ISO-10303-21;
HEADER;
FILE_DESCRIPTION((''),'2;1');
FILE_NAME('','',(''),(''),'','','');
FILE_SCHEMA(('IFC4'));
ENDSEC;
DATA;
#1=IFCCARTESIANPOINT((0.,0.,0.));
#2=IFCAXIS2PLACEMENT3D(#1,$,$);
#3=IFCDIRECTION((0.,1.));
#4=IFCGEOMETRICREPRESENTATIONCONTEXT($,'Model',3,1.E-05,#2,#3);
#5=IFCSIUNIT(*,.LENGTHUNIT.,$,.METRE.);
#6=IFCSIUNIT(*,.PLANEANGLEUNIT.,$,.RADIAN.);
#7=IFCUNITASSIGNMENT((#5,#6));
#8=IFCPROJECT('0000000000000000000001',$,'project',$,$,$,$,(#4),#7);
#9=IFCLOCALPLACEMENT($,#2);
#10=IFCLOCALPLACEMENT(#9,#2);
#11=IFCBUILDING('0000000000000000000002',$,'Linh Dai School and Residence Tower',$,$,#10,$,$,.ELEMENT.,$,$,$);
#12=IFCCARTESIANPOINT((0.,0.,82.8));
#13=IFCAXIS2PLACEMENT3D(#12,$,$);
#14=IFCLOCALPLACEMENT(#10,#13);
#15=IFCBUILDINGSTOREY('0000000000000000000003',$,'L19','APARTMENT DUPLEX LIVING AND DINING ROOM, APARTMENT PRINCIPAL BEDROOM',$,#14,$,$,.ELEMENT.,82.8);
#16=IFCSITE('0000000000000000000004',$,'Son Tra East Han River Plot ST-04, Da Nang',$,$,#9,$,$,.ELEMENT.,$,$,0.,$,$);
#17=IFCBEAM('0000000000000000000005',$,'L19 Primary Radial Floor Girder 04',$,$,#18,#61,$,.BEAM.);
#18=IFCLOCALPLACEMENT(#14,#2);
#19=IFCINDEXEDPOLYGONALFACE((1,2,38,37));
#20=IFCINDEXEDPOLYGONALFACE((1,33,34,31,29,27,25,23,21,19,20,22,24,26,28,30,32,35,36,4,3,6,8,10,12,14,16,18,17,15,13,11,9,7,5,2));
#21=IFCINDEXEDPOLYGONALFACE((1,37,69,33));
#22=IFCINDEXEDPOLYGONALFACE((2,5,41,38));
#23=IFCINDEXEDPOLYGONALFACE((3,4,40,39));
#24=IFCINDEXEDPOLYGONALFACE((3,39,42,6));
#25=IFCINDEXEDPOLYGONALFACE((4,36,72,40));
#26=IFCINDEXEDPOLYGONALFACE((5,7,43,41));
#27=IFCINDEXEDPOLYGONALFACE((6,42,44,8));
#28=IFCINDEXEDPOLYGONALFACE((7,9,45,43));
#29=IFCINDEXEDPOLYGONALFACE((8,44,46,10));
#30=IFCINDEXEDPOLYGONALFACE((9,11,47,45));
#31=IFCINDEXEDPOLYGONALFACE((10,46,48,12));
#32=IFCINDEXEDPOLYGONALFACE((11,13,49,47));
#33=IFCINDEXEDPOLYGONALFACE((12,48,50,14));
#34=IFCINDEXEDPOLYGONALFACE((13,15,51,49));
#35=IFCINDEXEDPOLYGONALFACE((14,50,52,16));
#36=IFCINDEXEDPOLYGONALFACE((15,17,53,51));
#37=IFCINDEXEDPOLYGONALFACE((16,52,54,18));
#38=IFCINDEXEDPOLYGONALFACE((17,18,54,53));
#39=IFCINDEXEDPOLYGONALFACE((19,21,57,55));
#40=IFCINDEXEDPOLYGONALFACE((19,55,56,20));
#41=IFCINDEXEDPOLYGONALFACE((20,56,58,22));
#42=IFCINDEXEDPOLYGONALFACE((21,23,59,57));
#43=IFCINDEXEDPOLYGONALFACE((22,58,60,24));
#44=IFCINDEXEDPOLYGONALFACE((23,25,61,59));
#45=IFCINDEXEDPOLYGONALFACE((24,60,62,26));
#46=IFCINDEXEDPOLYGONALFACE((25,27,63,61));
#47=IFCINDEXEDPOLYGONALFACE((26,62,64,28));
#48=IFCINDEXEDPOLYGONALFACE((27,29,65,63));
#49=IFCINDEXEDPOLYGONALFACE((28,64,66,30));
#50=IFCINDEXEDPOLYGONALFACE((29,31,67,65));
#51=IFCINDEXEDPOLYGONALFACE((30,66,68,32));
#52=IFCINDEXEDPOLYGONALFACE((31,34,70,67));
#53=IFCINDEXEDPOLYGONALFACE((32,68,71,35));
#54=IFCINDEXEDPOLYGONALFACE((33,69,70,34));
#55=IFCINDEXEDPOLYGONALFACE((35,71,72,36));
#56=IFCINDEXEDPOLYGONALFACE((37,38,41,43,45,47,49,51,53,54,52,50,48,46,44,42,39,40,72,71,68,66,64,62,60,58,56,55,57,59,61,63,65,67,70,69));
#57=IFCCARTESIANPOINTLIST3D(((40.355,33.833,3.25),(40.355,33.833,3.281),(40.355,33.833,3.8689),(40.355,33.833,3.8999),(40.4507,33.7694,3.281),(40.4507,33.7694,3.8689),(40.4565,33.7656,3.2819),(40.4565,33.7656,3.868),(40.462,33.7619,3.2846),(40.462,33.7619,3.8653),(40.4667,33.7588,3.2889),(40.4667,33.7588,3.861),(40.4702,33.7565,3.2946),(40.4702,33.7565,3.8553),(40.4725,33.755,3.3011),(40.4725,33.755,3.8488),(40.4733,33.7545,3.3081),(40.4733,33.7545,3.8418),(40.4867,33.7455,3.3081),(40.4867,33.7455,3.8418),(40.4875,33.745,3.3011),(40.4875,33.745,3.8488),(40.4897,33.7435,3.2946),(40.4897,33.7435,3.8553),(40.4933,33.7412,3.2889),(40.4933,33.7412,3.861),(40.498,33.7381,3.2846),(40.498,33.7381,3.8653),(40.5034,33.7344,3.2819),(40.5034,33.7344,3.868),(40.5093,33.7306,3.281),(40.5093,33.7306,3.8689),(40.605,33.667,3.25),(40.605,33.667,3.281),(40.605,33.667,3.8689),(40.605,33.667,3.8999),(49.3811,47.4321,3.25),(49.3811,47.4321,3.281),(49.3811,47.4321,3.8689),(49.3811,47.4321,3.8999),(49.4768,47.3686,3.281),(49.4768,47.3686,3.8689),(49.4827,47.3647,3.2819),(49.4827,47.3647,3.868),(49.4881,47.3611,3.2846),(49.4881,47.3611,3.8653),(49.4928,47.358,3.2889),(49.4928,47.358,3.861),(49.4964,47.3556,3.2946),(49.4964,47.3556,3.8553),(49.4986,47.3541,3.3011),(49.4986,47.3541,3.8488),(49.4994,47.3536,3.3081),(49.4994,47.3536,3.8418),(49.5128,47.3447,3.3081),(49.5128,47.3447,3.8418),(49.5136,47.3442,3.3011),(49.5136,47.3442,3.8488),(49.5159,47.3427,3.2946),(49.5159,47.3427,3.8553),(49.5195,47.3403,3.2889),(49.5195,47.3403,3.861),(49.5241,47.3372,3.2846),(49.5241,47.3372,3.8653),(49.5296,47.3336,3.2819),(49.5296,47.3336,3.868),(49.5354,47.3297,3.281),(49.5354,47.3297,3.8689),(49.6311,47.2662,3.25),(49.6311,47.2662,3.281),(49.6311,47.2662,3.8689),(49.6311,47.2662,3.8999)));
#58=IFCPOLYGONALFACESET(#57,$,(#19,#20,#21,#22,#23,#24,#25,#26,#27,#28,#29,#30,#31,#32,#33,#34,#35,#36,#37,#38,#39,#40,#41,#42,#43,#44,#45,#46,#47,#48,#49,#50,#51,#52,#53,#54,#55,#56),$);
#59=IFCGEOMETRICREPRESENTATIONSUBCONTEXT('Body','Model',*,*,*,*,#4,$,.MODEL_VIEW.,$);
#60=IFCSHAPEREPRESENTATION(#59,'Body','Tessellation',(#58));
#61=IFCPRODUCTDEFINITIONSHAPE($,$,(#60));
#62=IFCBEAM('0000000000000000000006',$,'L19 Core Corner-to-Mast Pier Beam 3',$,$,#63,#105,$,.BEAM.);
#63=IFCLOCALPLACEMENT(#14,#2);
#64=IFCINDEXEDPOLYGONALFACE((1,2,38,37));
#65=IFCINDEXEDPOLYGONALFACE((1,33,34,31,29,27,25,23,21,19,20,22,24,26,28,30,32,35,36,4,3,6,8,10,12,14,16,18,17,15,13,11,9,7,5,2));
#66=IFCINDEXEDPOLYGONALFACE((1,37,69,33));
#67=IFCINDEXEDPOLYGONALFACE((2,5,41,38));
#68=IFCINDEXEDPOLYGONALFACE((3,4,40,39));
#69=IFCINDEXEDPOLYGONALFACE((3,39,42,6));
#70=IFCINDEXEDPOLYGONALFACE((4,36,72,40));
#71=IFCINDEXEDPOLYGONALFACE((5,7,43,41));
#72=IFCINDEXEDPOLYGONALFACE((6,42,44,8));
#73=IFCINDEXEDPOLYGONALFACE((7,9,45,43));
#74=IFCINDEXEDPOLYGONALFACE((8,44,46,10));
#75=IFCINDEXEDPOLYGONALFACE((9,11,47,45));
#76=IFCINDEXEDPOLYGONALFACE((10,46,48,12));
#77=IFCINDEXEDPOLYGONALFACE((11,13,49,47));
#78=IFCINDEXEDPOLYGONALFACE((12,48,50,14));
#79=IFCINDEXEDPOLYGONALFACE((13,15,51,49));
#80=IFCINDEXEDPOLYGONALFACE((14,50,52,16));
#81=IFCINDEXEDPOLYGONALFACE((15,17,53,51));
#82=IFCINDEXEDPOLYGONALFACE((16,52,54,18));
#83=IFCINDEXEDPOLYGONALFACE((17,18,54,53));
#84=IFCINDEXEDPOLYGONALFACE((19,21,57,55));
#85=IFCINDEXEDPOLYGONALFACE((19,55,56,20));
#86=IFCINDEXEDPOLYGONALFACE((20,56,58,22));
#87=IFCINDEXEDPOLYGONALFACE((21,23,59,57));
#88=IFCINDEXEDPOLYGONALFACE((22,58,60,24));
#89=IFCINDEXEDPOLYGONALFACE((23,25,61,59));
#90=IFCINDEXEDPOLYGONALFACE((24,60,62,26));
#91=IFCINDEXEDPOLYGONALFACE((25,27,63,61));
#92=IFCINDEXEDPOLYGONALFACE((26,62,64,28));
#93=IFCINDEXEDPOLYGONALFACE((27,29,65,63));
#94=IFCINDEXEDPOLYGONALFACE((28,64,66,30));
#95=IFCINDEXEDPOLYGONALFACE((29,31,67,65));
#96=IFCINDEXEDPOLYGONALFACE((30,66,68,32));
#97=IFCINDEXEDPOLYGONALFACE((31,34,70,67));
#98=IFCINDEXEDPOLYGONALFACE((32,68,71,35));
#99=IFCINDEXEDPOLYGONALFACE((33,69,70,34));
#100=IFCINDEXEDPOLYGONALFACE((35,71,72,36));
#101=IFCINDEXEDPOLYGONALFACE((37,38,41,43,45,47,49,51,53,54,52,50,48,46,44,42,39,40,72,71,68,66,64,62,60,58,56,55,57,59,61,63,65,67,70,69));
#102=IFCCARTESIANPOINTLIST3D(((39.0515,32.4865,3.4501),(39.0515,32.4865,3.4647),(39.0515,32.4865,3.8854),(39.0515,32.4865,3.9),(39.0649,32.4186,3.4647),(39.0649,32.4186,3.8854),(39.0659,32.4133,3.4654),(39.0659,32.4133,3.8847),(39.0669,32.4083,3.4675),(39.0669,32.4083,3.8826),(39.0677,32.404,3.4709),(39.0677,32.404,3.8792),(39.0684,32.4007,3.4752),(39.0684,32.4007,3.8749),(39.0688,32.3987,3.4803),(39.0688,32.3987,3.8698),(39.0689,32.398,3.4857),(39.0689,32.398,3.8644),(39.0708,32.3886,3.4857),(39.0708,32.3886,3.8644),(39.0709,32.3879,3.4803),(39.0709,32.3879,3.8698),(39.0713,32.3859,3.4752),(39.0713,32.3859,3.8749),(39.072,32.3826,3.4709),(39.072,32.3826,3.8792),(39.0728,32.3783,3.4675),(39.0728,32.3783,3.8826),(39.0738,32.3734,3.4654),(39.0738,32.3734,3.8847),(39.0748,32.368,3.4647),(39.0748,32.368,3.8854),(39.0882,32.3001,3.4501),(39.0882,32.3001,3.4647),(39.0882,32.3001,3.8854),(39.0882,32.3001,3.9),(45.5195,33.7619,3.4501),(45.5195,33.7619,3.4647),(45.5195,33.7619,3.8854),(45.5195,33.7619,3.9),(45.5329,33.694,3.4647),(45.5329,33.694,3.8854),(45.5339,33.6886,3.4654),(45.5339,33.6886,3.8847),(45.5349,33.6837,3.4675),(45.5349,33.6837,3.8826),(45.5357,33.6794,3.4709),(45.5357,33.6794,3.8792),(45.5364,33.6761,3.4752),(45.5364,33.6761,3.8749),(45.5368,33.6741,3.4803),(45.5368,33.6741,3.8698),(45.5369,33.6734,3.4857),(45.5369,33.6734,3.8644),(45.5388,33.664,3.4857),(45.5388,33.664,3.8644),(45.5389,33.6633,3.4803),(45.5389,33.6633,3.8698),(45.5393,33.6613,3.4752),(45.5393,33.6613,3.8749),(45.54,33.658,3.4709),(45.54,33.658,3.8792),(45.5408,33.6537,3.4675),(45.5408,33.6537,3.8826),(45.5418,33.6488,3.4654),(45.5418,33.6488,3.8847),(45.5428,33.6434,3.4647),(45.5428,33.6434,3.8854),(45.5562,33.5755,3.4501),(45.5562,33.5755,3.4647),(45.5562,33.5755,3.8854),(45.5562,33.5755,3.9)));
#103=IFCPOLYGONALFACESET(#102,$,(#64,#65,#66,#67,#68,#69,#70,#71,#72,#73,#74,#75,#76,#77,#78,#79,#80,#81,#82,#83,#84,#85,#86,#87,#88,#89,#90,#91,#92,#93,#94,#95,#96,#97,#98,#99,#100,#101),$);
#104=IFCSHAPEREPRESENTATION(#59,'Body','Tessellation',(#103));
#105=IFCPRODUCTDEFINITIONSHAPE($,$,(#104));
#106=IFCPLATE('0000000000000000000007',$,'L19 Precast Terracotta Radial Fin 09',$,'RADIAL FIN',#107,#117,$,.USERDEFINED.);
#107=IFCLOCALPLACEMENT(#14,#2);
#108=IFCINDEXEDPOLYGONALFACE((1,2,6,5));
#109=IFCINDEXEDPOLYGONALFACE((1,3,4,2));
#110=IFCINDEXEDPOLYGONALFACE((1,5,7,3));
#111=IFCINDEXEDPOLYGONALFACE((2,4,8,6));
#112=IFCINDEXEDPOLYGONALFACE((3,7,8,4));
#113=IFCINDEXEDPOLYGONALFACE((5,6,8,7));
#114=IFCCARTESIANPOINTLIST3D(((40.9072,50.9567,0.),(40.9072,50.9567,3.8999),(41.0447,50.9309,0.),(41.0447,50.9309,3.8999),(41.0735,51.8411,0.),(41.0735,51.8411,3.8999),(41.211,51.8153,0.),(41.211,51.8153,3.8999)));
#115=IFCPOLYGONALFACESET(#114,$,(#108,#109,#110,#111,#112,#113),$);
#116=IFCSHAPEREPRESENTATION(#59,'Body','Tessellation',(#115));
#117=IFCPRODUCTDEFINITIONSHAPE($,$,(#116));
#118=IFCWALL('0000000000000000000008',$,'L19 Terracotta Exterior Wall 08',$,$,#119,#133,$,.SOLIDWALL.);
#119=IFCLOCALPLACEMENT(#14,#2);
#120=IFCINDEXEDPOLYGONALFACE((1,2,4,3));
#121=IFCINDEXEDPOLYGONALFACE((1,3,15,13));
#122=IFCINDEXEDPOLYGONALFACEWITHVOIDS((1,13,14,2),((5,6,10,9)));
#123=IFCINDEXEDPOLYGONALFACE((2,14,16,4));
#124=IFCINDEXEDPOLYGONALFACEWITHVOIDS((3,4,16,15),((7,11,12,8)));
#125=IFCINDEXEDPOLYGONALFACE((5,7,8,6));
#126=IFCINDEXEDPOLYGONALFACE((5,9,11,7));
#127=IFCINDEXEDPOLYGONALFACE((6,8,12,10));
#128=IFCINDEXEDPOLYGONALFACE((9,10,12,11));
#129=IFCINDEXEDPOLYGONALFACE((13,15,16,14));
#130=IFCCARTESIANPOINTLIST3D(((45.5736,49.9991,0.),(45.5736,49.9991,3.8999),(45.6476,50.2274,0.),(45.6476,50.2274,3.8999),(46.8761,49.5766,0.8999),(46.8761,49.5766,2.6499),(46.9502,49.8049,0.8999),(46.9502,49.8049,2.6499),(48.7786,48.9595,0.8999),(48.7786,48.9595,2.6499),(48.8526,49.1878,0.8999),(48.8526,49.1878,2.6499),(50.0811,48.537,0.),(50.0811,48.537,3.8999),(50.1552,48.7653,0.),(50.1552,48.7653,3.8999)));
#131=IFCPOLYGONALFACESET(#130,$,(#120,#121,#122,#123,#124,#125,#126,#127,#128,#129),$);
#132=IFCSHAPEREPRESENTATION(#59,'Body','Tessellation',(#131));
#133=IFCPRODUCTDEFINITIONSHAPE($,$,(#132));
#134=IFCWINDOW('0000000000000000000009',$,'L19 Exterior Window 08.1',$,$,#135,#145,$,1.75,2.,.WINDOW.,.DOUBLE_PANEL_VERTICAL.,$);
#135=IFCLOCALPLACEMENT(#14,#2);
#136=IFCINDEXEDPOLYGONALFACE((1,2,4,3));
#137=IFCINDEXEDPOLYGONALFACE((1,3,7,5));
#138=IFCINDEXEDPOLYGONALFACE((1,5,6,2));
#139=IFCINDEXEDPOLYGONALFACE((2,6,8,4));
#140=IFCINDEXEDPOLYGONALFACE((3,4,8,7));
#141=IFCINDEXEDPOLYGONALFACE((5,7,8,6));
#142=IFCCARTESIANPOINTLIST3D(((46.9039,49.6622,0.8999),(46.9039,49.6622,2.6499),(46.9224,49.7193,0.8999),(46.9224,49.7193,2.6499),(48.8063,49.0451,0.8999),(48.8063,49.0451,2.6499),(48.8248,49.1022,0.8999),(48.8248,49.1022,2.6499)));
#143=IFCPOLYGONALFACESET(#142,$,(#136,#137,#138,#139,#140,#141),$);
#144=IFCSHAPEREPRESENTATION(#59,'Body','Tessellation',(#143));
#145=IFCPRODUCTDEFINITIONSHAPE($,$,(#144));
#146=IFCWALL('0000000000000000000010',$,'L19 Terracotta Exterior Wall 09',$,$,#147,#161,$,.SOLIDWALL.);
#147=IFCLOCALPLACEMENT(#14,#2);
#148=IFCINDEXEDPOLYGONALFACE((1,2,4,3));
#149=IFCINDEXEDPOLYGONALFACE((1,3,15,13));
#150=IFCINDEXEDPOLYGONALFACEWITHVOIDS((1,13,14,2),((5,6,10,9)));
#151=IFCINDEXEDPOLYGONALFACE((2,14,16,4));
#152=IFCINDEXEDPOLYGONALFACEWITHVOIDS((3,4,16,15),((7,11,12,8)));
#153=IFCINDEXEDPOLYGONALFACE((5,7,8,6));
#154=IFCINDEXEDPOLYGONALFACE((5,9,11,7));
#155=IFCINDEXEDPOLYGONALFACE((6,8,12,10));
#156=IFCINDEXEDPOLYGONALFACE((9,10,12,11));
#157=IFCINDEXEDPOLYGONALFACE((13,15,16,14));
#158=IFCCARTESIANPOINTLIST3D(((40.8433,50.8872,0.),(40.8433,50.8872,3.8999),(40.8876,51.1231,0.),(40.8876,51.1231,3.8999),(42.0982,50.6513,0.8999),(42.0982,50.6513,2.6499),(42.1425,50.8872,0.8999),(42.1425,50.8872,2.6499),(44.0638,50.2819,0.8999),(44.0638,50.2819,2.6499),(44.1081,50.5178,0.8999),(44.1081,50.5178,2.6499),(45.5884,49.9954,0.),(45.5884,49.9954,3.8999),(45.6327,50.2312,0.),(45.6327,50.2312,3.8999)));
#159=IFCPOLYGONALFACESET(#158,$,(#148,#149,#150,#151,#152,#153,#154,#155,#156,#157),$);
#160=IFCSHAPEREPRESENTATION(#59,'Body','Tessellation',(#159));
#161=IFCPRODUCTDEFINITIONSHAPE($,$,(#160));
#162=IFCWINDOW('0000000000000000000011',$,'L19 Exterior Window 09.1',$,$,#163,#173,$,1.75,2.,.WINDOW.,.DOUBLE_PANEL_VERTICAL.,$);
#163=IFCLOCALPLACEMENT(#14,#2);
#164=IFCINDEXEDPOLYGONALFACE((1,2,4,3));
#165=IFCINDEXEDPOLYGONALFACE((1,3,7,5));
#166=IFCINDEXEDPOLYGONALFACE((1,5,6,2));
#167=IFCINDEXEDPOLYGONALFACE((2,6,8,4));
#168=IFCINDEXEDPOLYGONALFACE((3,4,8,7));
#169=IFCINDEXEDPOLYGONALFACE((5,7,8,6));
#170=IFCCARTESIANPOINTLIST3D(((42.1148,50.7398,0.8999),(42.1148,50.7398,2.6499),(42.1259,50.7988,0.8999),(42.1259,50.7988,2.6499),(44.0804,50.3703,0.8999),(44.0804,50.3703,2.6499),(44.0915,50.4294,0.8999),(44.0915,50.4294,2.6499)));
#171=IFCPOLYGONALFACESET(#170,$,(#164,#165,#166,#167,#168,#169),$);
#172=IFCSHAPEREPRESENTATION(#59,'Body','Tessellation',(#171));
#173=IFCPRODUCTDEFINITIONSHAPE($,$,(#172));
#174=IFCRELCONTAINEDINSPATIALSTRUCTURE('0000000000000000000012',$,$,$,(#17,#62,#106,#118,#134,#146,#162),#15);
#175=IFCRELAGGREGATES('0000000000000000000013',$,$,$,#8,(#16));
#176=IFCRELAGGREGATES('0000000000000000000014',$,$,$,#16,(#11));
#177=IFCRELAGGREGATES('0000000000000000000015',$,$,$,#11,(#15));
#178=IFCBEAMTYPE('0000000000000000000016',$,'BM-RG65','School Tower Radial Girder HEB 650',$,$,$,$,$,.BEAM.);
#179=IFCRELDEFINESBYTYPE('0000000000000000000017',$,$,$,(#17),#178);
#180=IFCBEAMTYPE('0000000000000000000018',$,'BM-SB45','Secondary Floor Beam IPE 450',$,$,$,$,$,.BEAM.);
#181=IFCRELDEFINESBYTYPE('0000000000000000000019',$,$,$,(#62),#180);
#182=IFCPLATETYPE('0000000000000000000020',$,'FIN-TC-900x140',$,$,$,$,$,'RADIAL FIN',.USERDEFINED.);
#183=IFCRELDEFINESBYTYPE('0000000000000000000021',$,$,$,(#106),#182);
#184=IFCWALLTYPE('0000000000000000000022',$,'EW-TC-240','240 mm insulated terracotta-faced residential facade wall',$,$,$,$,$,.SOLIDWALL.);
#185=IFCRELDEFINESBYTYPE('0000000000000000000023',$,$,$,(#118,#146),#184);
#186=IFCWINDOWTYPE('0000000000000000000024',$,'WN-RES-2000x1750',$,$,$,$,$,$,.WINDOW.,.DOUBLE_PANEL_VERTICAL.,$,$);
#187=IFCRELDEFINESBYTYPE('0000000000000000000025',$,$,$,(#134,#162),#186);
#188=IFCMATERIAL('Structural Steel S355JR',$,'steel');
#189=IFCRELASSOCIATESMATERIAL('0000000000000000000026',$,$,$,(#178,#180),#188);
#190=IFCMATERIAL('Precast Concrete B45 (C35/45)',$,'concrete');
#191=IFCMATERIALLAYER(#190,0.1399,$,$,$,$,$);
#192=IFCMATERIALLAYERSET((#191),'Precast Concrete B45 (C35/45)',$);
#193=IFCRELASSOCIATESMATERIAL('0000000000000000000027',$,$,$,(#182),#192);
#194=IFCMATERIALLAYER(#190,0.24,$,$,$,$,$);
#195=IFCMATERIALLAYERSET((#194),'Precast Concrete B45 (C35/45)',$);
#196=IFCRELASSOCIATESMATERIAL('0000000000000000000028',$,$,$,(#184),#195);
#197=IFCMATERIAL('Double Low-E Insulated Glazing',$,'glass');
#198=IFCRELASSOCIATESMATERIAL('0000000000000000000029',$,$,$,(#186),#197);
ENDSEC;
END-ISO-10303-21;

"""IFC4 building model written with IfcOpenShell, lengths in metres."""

from ifc_helpers import new_model, si_unit, direction, frame, frame_2d, origin, origin_2d, place, context, subcontext, project, spatial, rectangle, i_section, extrude, source, transform, mapped, material, layer, layer_set, material_profile, profile_set, type_object, element, fill, save


model = new_model("IFC4")

# Units and contexts
model_context = context("Model", 3, precision=1e-05, world=origin(), true_north=direction((0.0, 1.0)))
body_context = subcontext(model_context, "Body", "Model", "MODEL_VIEW")
ifc_project = project(units=[si_unit("LENGTHUNIT", "METRE"), si_unit("PLANEANGLEUNIT", "RADIAN")], contexts=[model_context])

# Site, building, storey
site_placement = place(None, origin())
site = spatial("IfcSite", under=ifc_project, at=site_placement, Name="Son Tra East Han River Plot ST-04, Da Nang", CompositionType="ELEMENT", RefElevation=0.0)
building_placement = place(site_placement, origin())
building = spatial("IfcBuilding", under=site, at=building_placement, Name="Linh Dai School and Residence Tower", CompositionType="ELEMENT")
storey_placement = place(building_placement, frame((0.0, 0.0, 82.8)))
storey = spatial("IfcBuildingStorey", under=building, at=storey_placement, Name="L19", Description="APARTMENT DUPLEX LIVING AND DINING ROOM, APARTMENT PRINCIPAL BEDROOM", CompositionType="ELEMENT", Elevation=82.8)

# Shared definitions
ifc_material_1 = material(Name="Structural Steel S355JR", Category="steel")

# Beams
ifc_material_profile_1 = material_profile(ifc_material_1, i_section(OverallWidth=0.3, OverallDepth=0.6499, WebThickness=0.0161, FlangeThickness=0.031, FilletRadius=0.0271, at=origin_2d()), Name="HEB 650")
ifc_profile_set_1 = profile_set([ifc_material_profile_1], Name="Structural Steel S355JR")
beam_type_1 = type_object("IfcBeamType", Name="BM-RG65", Description="School Tower Radial Girder HEB 650", PredefinedType="BEAM", material=ifc_profile_set_1)
beam_1_placement = place(storey_placement, frame((40.48, 33.75, 3.575), z_axis=(0.553004, 0.833178, 0.0), x_axis=(-0.833178, 0.553004, 0.0)))
element("IfcBeam", 1, at=beam_1_placement, inside=storey, type_object=beam_type_1, Name="L19 Primary Radial Floor Girder 04", PredefinedType="BEAM", context=body_context, shape_type="SweptSolid", body=[
    extrude(i_section(OverallWidth=0.3, OverallDepth=0.6499, WebThickness=0.0161, FlangeThickness=0.031, FilletRadius=0.0271, at=origin_2d()), origin(), (0.0, 0.0, 1.0), 16.322),
])
ifc_material_profile_2 = material_profile(ifc_material_1, i_section(OverallWidth=0.1899, OverallDepth=0.45, WebThickness=0.0095, FlangeThickness=0.0146, FilletRadius=0.021, at=origin_2d()), Name="IPE 450")
ifc_profile_set_2 = profile_set([ifc_material_profile_2], Name="Structural Steel S355JR")
beam_type_2 = type_object("IfcBeamType", Name="BM-SB45", Description="Secondary Floor Beam IPE 450", PredefinedType="BEAM", material=ifc_profile_set_2)
beam_2_placement = place(storey_placement, frame((45.5378, 33.6687, 3.675), z_axis=(-0.981108, -0.193459, 0.0), x_axis=(0.193459, -0.981108, 0.0)))
element("IfcBeam", 2, at=beam_2_placement, inside=storey, type_object=beam_type_2, Name="L19 Core Corner-to-Mast Pier Beam 3", PredefinedType="BEAM", context=body_context, shape_type="SweptSolid", body=[
    extrude(i_section(OverallWidth=0.1899, OverallDepth=0.45, WebThickness=0.0095, FlangeThickness=0.0146, FilletRadius=0.021, at=origin_2d()), origin(), (0.0, 0.0, 1.0), 6.5925),
])

# Plate
ifc_material_2 = material(Name="Precast Concrete B45 (C35/45)", Category="concrete")
ifc_layer_1 = layer(ifc_material_2, 0.1399)
ifc_layer_set_1 = layer_set([ifc_layer_1], Name="Precast Concrete B45 (C35/45)")
plate_type = type_object("IfcPlateType", Name="FIN-TC-900x140", ElementType="RADIAL FIN", PredefinedType="USERDEFINED", material=ifc_layer_set_1)
shared_shape_1 = source(origin(), body_context, "Body", "SweptSolid", [
    extrude(rectangle(XDim=0.8999, YDim=0.1399, at=origin_2d()), origin(), (0.0, 0.0, 1.0), 3.8999),
])
plate_placement = place(storey_placement, frame((41.0591, 51.386, 0.0), z_axis=(0.0, 0.0, 1.0), x_axis=(0.184748, 0.982786, 0.0)))
element("IfcPlate", 3, at=plate_placement, inside=storey, type_object=plate_type, Name="L19 Precast Terracotta Radial Fin 09", ObjectType="RADIAL FIN", PredefinedType="USERDEFINED", context=body_context, shape_type="MappedRepresentation", body=[
    mapped(shared_shape_1, transform((0.0, 0.0, 0.0), x_axis=(1.0, 0.0, 0.0), y_axis=(0.0, 1.0, 0.0), z_axis=(0.0, 0.0, 1.0), scale=1.0)),
])

# Walls, openings, windows
ifc_layer_2 = layer(ifc_material_2, 0.24)
ifc_layer_set_2 = layer_set([ifc_layer_2], Name="Precast Concrete B45 (C35/45)")
wall_type_1 = type_object("IfcWallType", Name="EW-TC-240", Description="240 mm insulated terracotta-faced residential facade wall", PredefinedType="SOLIDWALL", material=ifc_layer_set_2)
wall_1_placement = place(storey_placement, frame((45.6106, 50.1133, 0.0), z_axis=(0.0, 0.0, 1.0), x_axis=(0.951208, -0.308551, 0.0)))
wall_1 = element("IfcWall", 4, at=wall_1_placement, inside=storey, type_object=wall_type_1, Name="L19 Terracotta Exterior Wall 08", PredefinedType="SOLIDWALL", context=body_context, shape_type="SweptSolid", body=[
    extrude(rectangle(XDim=4.7388, YDim=0.24, at=frame_2d((2.3694, 0.0))), origin(), (0.0, 0.0, 1.0), 3.8999),
])
opening_1_placement = place(wall_1_placement, frame((1.3694, 0.0, 0.8999)))
opening_1 = element("IfcOpeningElement", 5, at=opening_1_placement, cuts=wall_1, PredefinedType="OPENING", context=body_context, shape_type="SweptSolid", body=[
    extrude(rectangle(XDim=2.0, YDim=1.75, at=origin_2d()), frame((1.0, 0.1299, 0.875), z_axis=(0.0, -1.0, 0.0), x_axis=(1.0, 0.0, 0.0)), (0.0, 0.0, 1.0), 0.26),
])
ifc_material_3 = material(Name="Double Low-E Insulated Glazing", Category="glass")
window_type = type_object("IfcWindowType", Name="WN-RES-2000x1750", PartitioningType="DOUBLE_PANEL_VERTICAL", PredefinedType="WINDOW", material=ifc_material_3)
shared_shape_2 = source(origin(), body_context, "Body", "SweptSolid", [
    extrude(rectangle(XDim=2.0, YDim=1.75, at=origin_2d()), frame((1.0, 0.03, 0.875), z_axis=(0.0, -1.0, 0.0), x_axis=(1.0, 0.0, 0.0)), (0.0, 0.0, 1.0), 0.0601),
])
window_1_placement = place(opening_1_placement, origin())
window_1 = element("IfcWindow", 6, at=window_1_placement, inside=storey, type_object=window_type, Name="L19 Exterior Window 08.1", OverallHeight=1.75, OverallWidth=2.0, PartitioningType="DOUBLE_PANEL_VERTICAL", PredefinedType="WINDOW", context=body_context, shape_type="MappedRepresentation", body=[
    mapped(shared_shape_2, transform((0.0, 0.0, 0.0), x_axis=(1.0, 0.0, 0.0), y_axis=(0.0, 1.0, 0.0), z_axis=(0.0, 0.0, 1.0), scale=1.0)),
])
fill(opening_1, window_1)
wall_2_placement = place(storey_placement, frame((40.8655, 51.0051, 0.0), z_axis=(0.0, 0.0, 1.0), x_axis=(0.982792, -0.184716, 0.0)))
wall_2 = element("IfcWall", 7, at=wall_2_placement, inside=storey, type_object=wall_type_1, Name="L19 Terracotta Exterior Wall 09", PredefinedType="SOLIDWALL", context=body_context, shape_type="SweptSolid", body=[
    extrude(rectangle(XDim=4.8281, YDim=0.24, at=frame_2d((2.4141, 0.0))), origin(), (0.0, 0.0, 1.0), 3.8999),
])
opening_2_placement = place(wall_2_placement, frame((1.2769, 0.0, 0.8999)))
opening_2 = element("IfcOpeningElement", 8, at=opening_2_placement, cuts=wall_2, PredefinedType="OPENING", context=body_context, shape_type="SweptSolid", body=[
    extrude(rectangle(XDim=2.0, YDim=1.75, at=origin_2d()), frame((1.0, 0.1299, 0.875), z_axis=(0.0, -1.0, 0.0), x_axis=(1.0, 0.0, 0.0)), (0.0, 0.0, 1.0), 0.26),
])
window_2_placement = place(opening_2_placement, origin())
window_2 = element("IfcWindow", 9, at=window_2_placement, inside=storey, type_object=window_type, Name="L19 Exterior Window 09.1", OverallHeight=1.75, OverallWidth=2.0, PartitioningType="DOUBLE_PANEL_VERTICAL", PredefinedType="WINDOW", context=body_context, shape_type="MappedRepresentation", body=[
    mapped(shared_shape_2, transform((0.0, 0.0, 0.0), x_axis=(1.0, 0.0, 0.0), y_axis=(0.0, 1.0, 0.0), z_axis=(0.0, 0.0, 1.0), scale=1.0)),
])
fill(opening_2, window_2)

save(model, "model.ifc")
